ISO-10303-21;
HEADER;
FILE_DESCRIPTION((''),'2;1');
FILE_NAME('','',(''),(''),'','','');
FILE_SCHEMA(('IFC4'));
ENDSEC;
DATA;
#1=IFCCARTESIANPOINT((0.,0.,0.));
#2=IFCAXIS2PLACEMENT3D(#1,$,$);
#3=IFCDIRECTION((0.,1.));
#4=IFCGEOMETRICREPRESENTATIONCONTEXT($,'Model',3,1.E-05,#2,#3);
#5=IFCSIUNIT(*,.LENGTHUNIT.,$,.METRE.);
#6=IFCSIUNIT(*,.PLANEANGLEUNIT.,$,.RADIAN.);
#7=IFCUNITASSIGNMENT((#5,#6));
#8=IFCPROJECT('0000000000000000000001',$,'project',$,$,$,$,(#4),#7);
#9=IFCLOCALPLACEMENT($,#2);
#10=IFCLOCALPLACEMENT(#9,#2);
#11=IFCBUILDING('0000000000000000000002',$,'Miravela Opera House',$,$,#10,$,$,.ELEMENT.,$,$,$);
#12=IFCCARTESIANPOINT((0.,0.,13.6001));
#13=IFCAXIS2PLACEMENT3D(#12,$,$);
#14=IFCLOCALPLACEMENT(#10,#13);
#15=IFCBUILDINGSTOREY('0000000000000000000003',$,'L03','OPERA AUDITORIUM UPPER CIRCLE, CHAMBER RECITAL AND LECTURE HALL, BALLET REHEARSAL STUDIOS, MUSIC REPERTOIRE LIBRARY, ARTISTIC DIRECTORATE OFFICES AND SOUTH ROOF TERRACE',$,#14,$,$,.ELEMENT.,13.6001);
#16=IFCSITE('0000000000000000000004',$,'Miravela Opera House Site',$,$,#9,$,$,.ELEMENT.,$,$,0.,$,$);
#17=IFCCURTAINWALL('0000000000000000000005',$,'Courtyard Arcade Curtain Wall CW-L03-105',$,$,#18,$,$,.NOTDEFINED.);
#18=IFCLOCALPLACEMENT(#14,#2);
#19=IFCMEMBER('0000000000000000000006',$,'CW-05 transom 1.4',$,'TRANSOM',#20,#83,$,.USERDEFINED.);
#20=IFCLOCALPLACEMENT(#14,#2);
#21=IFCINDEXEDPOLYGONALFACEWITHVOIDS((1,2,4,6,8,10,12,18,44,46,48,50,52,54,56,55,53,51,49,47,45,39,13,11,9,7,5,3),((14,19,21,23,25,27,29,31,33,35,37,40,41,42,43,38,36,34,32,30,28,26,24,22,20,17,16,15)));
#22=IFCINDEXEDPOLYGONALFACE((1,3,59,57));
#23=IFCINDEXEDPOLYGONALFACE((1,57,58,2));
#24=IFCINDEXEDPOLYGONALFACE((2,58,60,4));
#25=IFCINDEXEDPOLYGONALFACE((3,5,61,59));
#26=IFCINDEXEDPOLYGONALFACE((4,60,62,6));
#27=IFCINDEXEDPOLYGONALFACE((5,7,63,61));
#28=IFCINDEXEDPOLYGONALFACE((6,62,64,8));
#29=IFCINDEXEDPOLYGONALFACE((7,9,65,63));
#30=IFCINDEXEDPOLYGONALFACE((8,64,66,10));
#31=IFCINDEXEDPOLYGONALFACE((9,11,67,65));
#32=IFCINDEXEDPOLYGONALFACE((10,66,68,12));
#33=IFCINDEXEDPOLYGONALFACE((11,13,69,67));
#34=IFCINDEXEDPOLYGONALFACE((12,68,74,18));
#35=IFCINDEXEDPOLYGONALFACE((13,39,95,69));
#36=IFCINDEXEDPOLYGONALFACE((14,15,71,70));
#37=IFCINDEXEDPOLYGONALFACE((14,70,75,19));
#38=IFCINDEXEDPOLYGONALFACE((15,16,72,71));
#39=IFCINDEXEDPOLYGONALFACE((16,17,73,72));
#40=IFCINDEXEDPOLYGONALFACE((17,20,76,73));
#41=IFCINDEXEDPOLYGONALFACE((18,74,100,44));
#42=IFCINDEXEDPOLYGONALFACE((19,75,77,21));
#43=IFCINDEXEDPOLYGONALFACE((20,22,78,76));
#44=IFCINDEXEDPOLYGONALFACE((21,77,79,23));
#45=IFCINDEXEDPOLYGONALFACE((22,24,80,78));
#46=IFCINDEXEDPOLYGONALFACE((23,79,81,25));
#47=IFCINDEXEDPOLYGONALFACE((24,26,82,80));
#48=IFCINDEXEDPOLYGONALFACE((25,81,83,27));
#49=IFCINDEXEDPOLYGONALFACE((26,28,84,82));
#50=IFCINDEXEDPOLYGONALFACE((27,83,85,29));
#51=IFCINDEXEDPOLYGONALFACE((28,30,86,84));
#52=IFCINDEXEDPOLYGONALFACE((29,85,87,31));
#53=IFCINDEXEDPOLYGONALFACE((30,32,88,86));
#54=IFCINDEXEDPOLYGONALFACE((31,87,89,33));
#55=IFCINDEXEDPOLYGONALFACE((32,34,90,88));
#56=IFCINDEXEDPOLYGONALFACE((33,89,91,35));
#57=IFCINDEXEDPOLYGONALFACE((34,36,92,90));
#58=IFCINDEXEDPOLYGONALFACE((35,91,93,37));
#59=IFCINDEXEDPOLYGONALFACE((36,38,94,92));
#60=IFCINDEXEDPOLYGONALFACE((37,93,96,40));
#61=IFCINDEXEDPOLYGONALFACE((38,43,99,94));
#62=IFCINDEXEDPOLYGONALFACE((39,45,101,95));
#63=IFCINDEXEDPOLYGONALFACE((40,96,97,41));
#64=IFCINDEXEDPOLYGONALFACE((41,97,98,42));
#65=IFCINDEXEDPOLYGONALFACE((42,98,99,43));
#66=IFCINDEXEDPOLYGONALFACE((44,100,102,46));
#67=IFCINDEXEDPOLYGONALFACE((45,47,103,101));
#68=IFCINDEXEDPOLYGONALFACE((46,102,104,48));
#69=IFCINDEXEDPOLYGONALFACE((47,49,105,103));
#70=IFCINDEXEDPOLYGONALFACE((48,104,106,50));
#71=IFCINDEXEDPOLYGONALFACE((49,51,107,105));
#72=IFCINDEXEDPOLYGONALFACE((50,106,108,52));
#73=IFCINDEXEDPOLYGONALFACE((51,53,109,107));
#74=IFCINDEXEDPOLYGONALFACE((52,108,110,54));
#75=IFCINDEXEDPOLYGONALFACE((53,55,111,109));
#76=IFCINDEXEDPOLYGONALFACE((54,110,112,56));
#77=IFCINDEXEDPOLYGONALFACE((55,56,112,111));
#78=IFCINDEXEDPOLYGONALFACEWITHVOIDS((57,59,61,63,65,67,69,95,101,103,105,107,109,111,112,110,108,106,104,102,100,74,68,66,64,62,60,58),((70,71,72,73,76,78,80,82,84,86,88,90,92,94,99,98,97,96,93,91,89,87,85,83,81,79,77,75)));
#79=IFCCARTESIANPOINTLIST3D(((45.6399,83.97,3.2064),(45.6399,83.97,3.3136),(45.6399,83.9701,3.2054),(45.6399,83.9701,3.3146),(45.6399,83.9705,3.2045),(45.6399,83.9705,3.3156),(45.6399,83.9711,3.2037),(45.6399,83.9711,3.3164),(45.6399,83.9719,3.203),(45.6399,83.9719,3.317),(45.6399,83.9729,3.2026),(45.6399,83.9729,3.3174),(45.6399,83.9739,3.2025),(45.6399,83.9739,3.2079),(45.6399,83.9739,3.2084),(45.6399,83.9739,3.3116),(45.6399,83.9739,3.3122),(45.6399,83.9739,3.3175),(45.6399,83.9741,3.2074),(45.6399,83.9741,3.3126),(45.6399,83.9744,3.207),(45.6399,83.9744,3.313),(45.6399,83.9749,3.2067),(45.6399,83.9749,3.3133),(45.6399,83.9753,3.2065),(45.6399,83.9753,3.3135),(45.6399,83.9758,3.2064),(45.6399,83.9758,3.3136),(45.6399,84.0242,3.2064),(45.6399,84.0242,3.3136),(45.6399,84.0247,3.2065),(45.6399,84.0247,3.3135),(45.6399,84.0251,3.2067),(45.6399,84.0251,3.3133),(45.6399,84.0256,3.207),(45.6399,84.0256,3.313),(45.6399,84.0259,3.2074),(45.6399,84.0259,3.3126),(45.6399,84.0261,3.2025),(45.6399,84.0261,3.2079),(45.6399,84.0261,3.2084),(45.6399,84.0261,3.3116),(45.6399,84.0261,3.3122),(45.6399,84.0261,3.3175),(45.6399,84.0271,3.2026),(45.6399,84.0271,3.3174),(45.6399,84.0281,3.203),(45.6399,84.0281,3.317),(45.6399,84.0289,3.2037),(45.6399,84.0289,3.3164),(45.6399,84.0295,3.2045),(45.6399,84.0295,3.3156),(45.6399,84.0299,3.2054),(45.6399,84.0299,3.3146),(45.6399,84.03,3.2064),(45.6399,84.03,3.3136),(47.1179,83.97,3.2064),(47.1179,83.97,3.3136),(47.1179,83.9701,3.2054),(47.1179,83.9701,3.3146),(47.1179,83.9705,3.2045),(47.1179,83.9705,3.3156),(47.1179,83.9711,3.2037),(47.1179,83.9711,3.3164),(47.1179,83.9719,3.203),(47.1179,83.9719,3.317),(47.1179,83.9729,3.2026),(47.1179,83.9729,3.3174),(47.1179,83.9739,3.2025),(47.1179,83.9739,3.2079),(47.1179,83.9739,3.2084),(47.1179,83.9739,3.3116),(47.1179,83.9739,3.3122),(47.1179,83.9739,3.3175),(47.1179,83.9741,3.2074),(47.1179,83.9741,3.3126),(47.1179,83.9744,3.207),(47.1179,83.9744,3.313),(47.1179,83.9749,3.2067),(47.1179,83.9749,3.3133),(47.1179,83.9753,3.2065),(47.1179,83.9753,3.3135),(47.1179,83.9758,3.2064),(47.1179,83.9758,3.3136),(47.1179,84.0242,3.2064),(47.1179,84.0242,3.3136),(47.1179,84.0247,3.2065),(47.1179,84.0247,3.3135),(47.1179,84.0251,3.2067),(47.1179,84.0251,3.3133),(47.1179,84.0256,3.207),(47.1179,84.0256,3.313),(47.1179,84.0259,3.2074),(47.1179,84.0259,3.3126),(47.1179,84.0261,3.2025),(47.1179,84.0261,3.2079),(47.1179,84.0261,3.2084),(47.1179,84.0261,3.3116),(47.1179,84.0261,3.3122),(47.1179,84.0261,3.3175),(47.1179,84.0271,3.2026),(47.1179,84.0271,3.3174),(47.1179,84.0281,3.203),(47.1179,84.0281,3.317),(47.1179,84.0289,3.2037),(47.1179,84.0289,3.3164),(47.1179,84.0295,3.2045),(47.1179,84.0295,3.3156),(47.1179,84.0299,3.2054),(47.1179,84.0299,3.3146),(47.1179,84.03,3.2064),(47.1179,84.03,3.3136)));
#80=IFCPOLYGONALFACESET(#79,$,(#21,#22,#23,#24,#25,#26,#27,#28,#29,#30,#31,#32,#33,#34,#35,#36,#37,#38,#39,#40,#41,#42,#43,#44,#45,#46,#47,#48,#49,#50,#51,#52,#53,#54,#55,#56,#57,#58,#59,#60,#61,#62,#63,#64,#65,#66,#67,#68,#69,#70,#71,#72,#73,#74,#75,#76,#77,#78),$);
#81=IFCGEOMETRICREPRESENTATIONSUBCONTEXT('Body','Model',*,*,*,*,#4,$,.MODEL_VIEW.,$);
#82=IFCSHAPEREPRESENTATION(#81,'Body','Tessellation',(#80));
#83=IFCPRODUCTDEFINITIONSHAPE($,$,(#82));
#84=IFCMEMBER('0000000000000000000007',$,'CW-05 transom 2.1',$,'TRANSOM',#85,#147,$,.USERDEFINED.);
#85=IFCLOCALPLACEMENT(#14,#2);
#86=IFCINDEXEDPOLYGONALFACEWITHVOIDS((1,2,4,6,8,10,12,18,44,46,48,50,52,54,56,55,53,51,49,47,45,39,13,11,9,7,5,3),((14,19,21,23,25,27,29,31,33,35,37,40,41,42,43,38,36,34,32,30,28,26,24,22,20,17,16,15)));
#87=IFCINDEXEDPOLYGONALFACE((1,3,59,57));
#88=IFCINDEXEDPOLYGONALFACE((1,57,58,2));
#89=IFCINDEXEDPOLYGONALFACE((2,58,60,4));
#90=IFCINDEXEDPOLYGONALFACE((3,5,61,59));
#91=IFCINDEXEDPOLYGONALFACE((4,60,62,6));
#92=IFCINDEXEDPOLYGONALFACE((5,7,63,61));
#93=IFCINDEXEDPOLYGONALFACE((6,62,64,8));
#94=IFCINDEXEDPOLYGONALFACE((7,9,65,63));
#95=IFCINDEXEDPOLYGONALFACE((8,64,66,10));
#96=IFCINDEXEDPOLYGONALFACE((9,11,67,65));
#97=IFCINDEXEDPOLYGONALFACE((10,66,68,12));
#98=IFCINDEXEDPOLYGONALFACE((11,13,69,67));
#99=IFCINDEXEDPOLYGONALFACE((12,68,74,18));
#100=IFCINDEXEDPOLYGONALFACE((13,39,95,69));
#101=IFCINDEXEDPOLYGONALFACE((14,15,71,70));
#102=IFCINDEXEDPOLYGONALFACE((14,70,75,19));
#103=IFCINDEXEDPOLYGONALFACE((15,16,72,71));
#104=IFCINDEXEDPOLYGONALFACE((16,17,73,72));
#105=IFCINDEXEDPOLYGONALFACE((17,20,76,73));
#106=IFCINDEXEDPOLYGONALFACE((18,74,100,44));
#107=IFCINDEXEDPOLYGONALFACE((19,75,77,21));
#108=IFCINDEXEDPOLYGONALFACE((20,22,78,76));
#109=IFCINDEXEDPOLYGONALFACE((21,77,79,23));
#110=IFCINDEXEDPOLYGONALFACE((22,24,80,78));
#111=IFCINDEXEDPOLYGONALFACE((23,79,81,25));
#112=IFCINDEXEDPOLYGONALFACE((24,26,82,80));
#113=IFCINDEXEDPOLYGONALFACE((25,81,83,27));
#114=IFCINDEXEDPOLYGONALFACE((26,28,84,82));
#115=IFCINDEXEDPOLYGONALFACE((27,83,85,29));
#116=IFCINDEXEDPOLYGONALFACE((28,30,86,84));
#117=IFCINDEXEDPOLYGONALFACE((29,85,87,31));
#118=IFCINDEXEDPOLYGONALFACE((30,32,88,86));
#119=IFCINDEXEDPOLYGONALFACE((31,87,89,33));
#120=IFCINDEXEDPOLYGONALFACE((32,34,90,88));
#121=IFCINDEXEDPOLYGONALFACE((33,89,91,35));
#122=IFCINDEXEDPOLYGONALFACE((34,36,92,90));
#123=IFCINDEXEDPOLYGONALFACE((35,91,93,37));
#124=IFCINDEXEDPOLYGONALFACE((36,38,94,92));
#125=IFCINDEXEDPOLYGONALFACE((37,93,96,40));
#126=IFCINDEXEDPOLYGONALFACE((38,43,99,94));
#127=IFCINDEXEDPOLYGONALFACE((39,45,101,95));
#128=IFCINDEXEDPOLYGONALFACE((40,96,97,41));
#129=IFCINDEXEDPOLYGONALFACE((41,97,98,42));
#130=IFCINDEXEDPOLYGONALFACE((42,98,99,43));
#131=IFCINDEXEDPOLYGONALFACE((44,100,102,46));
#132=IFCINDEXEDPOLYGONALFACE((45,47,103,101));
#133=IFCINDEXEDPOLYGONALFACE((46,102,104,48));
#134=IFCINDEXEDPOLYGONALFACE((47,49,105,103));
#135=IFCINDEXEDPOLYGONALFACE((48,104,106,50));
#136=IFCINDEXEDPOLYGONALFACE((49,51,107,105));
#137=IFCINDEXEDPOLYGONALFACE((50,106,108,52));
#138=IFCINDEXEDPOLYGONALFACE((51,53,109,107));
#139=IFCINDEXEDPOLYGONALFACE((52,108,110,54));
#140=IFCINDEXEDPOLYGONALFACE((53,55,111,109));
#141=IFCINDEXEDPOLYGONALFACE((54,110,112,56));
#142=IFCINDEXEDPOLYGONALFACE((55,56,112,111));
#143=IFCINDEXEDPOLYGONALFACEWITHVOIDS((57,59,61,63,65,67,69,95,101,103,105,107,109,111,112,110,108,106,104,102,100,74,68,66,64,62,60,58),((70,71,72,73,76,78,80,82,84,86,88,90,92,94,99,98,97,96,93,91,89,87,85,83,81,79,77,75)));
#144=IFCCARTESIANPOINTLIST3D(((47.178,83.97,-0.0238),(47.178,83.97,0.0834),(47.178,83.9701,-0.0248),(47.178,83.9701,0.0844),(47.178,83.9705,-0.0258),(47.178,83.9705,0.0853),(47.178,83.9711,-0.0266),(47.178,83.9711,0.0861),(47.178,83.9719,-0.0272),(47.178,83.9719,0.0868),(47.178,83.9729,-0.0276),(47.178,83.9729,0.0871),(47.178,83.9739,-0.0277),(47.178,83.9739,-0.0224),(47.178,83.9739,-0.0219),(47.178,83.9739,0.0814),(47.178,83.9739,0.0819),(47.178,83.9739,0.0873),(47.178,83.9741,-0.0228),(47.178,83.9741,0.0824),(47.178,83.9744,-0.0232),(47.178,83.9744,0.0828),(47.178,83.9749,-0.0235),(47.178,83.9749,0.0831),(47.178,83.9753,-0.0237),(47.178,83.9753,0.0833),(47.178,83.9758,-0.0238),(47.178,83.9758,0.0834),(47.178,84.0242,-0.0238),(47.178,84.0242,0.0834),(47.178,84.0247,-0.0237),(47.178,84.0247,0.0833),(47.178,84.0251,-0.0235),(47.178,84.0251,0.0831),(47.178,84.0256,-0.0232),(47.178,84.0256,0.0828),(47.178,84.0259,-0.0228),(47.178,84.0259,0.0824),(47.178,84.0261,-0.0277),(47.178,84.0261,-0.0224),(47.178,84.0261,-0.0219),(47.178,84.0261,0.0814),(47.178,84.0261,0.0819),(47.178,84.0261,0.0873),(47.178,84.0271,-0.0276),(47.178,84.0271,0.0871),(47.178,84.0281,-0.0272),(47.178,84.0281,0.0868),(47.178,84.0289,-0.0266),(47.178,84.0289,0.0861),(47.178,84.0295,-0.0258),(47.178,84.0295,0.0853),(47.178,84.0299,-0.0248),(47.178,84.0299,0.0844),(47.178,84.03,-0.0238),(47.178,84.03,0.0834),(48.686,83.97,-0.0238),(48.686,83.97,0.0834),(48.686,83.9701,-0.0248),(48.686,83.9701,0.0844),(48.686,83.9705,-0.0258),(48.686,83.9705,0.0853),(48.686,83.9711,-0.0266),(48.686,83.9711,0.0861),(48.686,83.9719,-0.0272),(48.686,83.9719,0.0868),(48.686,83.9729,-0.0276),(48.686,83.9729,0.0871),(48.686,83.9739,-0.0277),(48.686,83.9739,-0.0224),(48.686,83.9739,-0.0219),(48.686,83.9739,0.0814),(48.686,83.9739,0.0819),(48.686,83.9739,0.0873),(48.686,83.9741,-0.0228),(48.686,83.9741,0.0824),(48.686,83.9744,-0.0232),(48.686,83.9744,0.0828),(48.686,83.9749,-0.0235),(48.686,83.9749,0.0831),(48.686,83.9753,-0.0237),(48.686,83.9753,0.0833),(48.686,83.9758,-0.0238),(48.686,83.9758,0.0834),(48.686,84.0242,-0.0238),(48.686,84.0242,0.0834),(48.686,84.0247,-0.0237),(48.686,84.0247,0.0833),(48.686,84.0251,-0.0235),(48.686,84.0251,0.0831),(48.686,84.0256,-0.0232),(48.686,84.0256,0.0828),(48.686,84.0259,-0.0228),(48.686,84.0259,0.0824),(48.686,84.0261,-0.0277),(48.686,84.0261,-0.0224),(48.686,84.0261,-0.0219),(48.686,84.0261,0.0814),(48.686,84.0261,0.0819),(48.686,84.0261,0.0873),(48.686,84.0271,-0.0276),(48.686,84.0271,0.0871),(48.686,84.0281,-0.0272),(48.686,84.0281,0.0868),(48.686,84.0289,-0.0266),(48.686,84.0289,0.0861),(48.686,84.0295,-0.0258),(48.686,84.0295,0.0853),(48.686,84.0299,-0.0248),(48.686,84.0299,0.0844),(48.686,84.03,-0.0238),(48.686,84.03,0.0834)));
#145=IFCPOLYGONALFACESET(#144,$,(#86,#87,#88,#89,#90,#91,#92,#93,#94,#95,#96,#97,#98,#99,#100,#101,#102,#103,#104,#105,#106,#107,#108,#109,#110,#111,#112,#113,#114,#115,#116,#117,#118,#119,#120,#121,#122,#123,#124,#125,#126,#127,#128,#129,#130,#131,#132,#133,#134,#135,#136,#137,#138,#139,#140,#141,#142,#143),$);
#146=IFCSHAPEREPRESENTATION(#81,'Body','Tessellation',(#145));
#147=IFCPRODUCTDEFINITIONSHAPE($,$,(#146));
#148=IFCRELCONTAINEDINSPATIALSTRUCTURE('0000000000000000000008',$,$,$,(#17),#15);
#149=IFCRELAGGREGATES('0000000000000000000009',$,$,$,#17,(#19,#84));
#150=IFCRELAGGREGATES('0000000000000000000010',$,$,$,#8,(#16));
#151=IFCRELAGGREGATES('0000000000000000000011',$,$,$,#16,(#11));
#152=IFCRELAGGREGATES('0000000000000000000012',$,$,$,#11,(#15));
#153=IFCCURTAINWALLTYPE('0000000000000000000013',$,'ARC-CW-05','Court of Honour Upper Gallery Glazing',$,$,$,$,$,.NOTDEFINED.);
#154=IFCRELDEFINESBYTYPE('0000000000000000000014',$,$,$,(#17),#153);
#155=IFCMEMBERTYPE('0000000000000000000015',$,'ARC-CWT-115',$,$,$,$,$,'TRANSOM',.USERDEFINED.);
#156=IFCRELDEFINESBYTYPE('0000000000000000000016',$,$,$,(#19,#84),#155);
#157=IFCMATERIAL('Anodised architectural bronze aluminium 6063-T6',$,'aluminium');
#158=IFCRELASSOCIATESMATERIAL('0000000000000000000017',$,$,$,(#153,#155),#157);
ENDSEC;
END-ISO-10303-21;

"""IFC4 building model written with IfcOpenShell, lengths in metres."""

from ifc_helpers import new_model, si_unit, direction, frame, origin, origin_2d, place, context, subcontext, project, spatial, hollow_rectangle, extrude, material, material_profile, profile_set, type_object, element, aggregate, save


model = new_model("IFC4")

# Units and contexts
model_context = context("Model", 3, precision=1e-05, world=origin(), true_north=direction((0.0, 1.0)))
body_context = subcontext(model_context, "Body", "Model", "MODEL_VIEW")
ifc_project = project(units=[si_unit("LENGTHUNIT", "METRE"), si_unit("PLANEANGLEUNIT", "RADIAN")], contexts=[model_context])

# Site, building, storey
site_placement = place(None, origin())
site = spatial("IfcSite", under=ifc_project, at=site_placement, Name="Miravela Opera House Site", CompositionType="ELEMENT", RefElevation=0.0)
building_placement = place(site_placement, origin())
building = spatial("IfcBuilding", under=site, at=building_placement, Name="Miravela Opera House", CompositionType="ELEMENT")
storey_placement = place(building_placement, frame((0.0, 0.0, 13.6001)))
storey = spatial("IfcBuildingStorey", under=building, at=storey_placement, Name="L03", Description="OPERA AUDITORIUM UPPER CIRCLE, CHAMBER RECITAL AND LECTURE HALL, BALLET REHEARSAL STUDIOS, MUSIC REPERTOIRE LIBRARY, ARTISTIC DIRECTORATE OFFICES AND SOUTH ROOF TERRACE", CompositionType="ELEMENT", Elevation=13.6001)

# Shared definitions
ifc_material_1 = material(Name="Anodised architectural bronze aluminium 6063-T6", Category="aluminium")
curtain_wall_type = type_object("IfcCurtainWallType", Name="ARC-CW-05", Description="Court of Honour Upper Gallery Glazing", PredefinedType="NOTDEFINED", material=ifc_material_1)

# Curtain wall
curtain_wall_1_placement = place(storey_placement, origin())
curtain_wall_1 = element("IfcCurtainWall", 1, at=curtain_wall_1_placement, inside=storey, type_object=curtain_wall_type, Name="Courtyard Arcade Curtain Wall CW-L03-105", PredefinedType="NOTDEFINED")

# Members
ifc_material_profile_1 = material_profile(ifc_material_1, hollow_rectangle(XDim=0.0601, YDim=0.115, WallThickness=0.0039, InnerFilletRadius=0.002, OuterFilletRadius=0.0039, at=origin_2d()), Name="CWT-60X115")
ifc_profile_set_1 = profile_set([ifc_material_profile_1])
member_type_1 = type_object("IfcMemberType", Name="ARC-CWT-115", ElementType="TRANSOM", PredefinedType="USERDEFINED", material=ifc_profile_set_1)
member_1_placement = place(storey_placement, frame((45.6399, 84.0, 3.26), z_axis=(1.0, 0.0, 0.0), x_axis=(0.0, 1.0, 0.0)))
member_1 = element("IfcMember", 2, at=member_1_placement, type_object=member_type_1, Name="CW-05 transom 1.4", ObjectType="TRANSOM", PredefinedType="USERDEFINED", context=body_context, shape_type="SweptSolid", body=[
    extrude(hollow_rectangle(XDim=0.0601, YDim=0.115, WallThickness=0.0039, InnerFilletRadius=0.002, OuterFilletRadius=0.0039, at=origin_2d()), origin(), (0.0, 0.0, 1.0), 1.478),
])
member_2_placement = place(storey_placement, frame((47.178, 84.0, 0.0298), z_axis=(1.0, 0.0, 0.0), x_axis=(0.0, 1.0, 0.0)))
member_2 = element("IfcMember", 3, at=member_2_placement, type_object=member_type_1, Name="CW-05 transom 2.1", ObjectType="TRANSOM", PredefinedType="USERDEFINED", context=body_context, shape_type="SweptSolid", body=[
    extrude(hollow_rectangle(XDim=0.0601, YDim=0.115, WallThickness=0.0039, InnerFilletRadius=0.002, OuterFilletRadius=0.0039, at=origin_2d()), origin(), (0.0, 0.0, 1.0), 1.5081),
])

aggregate(curtain_wall_1, [member_1, member_2])

save(model, "model.ifc")
